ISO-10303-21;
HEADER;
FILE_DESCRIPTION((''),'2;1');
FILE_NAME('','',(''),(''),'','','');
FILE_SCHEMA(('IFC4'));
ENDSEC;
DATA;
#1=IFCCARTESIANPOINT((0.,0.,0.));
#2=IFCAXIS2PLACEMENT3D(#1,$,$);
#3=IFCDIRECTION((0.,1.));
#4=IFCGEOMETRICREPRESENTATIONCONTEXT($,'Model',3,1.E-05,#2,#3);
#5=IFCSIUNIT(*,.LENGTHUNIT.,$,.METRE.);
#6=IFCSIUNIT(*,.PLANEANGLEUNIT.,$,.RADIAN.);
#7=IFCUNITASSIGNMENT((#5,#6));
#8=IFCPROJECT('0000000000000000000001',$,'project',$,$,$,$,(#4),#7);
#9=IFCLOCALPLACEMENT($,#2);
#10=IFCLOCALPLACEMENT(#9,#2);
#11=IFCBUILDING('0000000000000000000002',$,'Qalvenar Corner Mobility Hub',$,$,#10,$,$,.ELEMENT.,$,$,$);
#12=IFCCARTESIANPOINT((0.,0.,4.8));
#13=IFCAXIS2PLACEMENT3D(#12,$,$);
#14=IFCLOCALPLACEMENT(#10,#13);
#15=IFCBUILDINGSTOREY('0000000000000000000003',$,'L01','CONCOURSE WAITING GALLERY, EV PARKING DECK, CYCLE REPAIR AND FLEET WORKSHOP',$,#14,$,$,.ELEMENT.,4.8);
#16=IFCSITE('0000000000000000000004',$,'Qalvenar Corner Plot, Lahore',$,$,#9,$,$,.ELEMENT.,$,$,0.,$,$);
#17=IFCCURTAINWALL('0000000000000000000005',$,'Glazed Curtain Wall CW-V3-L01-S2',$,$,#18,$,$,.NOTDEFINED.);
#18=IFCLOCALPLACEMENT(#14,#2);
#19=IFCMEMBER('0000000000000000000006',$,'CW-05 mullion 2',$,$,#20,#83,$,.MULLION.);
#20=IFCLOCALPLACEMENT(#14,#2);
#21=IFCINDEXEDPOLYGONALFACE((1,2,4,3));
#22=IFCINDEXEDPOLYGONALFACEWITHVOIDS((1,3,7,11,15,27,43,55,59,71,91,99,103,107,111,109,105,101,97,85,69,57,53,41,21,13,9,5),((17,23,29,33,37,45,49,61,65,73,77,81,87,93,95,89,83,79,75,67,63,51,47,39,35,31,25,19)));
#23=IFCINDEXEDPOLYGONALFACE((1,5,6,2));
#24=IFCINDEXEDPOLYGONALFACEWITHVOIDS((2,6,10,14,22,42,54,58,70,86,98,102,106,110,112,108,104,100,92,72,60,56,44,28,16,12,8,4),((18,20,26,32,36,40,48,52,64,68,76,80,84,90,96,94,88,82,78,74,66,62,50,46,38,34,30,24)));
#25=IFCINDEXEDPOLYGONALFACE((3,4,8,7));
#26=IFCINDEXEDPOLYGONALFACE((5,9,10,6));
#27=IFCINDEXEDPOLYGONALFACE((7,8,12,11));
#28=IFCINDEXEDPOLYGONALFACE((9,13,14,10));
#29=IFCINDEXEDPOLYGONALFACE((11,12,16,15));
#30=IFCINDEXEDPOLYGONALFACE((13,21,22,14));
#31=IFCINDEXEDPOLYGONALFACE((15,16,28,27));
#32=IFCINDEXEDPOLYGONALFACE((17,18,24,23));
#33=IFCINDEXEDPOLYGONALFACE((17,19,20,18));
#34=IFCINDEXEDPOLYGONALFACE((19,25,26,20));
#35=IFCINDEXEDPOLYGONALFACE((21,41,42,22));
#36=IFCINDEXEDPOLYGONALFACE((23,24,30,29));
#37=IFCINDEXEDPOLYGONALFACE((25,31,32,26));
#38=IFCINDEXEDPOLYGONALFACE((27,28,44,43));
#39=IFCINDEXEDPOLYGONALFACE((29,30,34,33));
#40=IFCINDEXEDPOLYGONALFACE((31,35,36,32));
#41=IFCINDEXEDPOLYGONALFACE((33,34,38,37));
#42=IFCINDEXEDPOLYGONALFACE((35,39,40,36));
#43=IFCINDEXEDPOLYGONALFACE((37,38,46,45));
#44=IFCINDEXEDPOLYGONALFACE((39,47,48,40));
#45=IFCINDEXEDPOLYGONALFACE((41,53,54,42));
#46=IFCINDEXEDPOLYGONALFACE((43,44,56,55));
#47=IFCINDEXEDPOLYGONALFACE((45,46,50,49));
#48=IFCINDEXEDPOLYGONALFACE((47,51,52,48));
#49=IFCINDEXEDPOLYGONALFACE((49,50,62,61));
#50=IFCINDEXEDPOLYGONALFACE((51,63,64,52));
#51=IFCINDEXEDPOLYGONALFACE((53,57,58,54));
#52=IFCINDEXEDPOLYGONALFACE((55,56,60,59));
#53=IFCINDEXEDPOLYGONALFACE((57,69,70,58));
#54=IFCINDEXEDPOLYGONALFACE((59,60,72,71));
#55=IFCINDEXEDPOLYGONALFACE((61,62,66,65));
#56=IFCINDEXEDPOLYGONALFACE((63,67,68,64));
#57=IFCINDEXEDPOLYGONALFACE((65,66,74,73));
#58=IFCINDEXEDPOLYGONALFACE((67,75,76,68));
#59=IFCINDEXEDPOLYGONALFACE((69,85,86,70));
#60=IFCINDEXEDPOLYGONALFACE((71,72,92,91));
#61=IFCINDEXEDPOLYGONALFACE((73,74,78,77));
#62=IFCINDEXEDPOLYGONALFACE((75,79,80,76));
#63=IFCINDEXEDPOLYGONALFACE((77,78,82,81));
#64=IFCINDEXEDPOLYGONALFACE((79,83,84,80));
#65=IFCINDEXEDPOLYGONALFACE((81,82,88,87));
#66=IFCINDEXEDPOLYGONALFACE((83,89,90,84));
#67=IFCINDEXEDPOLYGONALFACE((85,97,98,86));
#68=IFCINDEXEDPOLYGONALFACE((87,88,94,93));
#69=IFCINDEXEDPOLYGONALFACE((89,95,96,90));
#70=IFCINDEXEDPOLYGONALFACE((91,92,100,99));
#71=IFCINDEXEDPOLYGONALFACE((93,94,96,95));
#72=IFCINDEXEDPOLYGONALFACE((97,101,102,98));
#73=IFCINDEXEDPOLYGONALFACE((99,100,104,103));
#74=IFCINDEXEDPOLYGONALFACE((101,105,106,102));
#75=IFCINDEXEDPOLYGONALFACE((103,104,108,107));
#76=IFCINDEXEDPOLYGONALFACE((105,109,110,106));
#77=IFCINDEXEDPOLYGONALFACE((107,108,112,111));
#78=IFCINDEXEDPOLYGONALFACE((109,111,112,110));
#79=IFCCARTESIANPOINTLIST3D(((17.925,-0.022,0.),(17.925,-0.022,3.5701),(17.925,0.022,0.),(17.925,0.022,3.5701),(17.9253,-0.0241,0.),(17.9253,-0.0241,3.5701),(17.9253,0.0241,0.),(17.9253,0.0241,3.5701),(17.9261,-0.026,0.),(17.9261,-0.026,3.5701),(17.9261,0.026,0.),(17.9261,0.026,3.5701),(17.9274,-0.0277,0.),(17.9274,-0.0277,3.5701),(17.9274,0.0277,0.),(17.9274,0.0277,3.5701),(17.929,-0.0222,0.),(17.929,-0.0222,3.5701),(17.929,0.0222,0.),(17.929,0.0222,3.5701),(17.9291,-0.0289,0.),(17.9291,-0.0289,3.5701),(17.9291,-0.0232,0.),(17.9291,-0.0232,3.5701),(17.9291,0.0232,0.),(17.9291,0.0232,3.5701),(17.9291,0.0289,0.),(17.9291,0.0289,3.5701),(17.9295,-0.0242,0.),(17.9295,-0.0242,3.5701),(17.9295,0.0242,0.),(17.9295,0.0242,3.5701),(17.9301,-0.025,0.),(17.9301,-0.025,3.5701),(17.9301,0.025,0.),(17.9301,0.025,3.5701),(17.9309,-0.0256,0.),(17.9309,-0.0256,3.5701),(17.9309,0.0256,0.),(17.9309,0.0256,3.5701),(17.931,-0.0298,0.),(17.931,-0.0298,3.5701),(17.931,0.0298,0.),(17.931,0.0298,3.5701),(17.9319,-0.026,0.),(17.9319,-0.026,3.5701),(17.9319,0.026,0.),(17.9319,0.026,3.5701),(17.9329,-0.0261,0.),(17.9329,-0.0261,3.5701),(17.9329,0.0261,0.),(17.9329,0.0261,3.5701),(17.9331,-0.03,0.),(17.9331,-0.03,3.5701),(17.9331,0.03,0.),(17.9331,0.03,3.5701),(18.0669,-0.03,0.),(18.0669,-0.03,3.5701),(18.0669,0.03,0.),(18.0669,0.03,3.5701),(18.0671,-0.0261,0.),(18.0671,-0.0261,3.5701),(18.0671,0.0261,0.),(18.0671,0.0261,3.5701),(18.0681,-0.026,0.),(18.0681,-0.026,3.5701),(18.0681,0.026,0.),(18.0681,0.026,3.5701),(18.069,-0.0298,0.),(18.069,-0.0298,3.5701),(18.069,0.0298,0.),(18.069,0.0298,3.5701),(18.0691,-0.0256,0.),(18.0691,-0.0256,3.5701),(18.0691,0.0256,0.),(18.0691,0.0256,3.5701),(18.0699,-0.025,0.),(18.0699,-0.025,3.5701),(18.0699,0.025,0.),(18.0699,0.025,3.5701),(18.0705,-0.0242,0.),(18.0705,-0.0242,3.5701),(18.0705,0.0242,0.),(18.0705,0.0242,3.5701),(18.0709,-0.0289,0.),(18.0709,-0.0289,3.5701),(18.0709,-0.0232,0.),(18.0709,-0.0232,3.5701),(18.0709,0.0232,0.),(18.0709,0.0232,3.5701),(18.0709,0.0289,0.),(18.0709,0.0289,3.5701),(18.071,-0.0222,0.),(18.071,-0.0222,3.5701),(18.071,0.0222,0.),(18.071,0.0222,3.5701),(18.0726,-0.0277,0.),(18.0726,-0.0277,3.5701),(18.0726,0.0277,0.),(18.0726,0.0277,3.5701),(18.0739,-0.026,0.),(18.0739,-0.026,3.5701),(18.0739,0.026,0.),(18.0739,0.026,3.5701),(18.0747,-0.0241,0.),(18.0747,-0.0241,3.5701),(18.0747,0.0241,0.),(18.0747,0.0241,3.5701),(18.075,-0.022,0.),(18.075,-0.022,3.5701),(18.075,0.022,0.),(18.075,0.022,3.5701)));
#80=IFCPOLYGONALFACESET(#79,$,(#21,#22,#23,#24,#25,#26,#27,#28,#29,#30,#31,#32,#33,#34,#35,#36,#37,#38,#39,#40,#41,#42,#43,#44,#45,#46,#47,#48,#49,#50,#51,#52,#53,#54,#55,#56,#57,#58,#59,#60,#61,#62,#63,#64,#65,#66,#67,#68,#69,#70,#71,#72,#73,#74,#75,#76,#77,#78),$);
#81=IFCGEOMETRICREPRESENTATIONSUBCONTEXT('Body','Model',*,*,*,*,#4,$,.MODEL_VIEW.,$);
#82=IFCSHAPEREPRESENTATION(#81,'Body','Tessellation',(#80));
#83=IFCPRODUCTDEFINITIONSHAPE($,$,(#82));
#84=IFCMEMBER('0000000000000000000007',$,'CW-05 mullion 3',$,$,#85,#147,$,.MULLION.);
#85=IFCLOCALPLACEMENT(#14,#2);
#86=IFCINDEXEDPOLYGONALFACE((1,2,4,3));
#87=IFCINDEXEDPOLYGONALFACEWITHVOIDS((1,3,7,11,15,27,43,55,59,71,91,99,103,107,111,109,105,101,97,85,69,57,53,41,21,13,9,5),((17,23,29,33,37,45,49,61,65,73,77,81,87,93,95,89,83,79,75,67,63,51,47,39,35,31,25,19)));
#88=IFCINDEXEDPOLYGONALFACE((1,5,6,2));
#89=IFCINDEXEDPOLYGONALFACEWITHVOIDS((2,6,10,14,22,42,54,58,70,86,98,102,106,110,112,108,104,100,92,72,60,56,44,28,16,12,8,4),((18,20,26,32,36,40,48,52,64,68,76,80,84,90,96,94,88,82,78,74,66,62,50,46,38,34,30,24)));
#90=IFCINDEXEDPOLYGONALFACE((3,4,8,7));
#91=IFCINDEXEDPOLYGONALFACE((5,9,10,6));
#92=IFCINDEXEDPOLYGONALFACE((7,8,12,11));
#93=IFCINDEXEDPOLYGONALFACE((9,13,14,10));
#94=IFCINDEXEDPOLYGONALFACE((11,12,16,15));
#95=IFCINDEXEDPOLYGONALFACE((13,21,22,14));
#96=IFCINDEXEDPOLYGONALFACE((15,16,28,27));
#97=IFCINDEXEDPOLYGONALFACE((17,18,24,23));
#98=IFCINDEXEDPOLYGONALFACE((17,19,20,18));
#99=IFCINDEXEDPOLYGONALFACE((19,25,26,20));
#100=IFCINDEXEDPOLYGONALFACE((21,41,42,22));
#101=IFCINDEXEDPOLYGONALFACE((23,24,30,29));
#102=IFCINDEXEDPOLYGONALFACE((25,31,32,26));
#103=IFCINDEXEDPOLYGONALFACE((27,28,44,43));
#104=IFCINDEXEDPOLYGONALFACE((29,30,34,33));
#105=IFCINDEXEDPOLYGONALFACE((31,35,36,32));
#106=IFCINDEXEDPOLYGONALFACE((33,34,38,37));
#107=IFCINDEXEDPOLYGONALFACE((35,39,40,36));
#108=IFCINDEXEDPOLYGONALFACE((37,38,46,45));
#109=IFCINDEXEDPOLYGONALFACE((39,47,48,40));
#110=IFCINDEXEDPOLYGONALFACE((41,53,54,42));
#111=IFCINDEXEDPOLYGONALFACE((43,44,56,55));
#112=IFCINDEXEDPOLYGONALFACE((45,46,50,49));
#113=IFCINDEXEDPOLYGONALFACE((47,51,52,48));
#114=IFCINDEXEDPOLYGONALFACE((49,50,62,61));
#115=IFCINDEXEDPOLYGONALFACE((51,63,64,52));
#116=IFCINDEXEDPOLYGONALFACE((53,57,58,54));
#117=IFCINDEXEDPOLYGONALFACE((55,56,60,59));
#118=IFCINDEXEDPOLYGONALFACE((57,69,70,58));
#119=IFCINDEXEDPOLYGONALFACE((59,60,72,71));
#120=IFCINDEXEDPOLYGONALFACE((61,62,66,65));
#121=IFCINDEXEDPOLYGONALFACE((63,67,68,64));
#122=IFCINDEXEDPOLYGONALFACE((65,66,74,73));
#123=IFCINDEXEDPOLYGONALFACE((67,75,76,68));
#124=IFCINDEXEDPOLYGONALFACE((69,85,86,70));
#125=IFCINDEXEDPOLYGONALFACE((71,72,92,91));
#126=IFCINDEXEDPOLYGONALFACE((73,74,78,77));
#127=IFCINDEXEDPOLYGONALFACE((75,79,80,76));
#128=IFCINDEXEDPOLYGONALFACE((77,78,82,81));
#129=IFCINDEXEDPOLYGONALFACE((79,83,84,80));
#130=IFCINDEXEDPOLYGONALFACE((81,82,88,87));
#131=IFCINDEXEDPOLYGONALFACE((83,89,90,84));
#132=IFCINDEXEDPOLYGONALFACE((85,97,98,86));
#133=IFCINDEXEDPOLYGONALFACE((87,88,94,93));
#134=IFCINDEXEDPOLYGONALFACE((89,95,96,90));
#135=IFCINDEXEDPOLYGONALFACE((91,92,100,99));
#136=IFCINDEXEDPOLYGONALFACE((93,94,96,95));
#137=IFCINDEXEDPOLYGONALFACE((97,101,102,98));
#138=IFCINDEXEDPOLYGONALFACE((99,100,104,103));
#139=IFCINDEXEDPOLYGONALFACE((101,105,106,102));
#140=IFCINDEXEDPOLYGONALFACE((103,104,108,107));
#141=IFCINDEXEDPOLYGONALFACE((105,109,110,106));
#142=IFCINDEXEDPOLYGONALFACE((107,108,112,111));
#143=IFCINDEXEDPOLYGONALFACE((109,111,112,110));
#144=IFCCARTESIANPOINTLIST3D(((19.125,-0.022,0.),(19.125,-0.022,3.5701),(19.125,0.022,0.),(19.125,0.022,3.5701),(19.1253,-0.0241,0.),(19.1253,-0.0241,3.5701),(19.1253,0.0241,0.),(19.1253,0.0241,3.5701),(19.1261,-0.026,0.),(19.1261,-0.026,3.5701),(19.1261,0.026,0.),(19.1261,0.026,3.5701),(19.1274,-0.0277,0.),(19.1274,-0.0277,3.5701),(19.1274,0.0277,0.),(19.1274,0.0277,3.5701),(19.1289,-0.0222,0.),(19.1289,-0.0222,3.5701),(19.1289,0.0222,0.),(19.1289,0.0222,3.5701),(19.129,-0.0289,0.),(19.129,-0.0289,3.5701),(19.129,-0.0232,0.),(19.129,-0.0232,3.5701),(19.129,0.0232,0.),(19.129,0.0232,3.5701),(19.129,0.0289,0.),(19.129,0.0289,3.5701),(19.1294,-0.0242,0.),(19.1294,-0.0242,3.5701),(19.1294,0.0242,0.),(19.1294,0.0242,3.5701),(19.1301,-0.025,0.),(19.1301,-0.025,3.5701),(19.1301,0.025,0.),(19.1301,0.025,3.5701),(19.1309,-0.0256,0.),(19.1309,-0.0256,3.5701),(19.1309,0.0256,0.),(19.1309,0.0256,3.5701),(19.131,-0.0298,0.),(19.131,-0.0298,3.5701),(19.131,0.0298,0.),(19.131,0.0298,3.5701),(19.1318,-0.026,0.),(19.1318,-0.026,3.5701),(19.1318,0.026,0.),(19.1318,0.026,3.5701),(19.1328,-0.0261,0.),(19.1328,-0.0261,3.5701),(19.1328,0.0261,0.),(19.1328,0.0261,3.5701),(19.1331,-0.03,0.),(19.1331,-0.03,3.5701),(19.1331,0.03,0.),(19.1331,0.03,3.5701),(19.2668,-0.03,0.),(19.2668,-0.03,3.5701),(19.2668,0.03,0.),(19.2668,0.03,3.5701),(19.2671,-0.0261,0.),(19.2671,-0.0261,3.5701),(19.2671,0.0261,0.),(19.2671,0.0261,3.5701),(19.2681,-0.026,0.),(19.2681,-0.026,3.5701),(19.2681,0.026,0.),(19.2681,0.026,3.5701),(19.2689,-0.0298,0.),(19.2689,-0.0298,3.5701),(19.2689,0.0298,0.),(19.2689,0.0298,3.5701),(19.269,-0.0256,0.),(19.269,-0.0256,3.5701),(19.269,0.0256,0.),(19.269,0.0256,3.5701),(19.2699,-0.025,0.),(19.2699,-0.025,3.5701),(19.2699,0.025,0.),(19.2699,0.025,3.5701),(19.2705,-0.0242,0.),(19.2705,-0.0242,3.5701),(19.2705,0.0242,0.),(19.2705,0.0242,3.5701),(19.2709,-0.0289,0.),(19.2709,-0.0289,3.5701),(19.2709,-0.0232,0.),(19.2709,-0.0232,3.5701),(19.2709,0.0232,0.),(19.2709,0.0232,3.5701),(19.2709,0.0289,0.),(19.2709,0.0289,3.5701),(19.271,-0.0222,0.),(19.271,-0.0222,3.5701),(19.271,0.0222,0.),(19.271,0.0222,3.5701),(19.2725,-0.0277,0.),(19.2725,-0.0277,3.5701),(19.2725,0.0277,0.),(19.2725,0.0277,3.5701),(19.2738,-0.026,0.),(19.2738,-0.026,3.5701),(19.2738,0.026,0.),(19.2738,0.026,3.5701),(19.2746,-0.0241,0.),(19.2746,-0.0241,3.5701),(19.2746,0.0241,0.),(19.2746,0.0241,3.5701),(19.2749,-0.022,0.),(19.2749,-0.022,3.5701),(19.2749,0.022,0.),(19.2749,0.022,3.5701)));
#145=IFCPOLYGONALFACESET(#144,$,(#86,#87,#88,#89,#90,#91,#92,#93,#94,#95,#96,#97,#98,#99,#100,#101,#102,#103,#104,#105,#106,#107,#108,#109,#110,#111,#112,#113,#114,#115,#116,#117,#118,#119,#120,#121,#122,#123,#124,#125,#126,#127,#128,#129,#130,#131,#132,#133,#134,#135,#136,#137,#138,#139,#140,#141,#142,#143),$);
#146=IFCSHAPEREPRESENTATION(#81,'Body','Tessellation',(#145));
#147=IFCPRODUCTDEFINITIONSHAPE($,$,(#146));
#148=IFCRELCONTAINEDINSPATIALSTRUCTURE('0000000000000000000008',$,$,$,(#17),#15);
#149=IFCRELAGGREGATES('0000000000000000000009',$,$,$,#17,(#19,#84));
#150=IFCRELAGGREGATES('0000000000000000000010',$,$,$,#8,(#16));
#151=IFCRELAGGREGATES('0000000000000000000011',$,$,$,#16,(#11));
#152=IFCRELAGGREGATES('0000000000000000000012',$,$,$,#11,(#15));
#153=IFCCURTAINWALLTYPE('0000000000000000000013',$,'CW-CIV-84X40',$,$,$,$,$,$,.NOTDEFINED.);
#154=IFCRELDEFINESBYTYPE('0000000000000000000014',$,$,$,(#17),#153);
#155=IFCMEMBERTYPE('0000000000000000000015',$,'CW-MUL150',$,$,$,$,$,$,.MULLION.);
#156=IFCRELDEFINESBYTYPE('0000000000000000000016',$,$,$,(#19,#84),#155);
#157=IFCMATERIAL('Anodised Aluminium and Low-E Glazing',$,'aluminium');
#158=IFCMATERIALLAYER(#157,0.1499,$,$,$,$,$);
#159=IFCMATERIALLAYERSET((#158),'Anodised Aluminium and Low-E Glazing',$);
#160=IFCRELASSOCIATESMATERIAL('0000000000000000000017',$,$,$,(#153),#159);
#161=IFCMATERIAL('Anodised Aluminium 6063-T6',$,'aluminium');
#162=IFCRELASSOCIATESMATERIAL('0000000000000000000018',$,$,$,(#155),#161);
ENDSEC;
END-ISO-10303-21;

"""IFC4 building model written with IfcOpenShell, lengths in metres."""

from ifc_helpers import new_model, si_unit, direction, frame, origin, origin_2d, place, context, subcontext, project, spatial, hollow_rectangle, extrude, material, layer, layer_set, material_profile, profile_set, type_object, element, aggregate, save


model = new_model("IFC4")

# Units and contexts
model_context = context("Model", 3, precision=1e-05, world=origin(), true_north=direction((0.0, 1.0)))
body_context = subcontext(model_context, "Body", "Model", "MODEL_VIEW")
ifc_project = project(units=[si_unit("LENGTHUNIT", "METRE"), si_unit("PLANEANGLEUNIT", "RADIAN")], contexts=[model_context])

# Site, building, storey
site_placement = place(None, origin())
site = spatial("IfcSite", under=ifc_project, at=site_placement, Name="Qalvenar Corner Plot, Lahore", CompositionType="ELEMENT", RefElevation=0.0)
building_placement = place(site_placement, origin())
building = spatial("IfcBuilding", under=site, at=building_placement, Name="Qalvenar Corner Mobility Hub", CompositionType="ELEMENT")
storey_placement = place(building_placement, frame((0.0, 0.0, 4.8)))
storey = spatial("IfcBuildingStorey", under=building, at=storey_placement, Name="L01", Description="CONCOURSE WAITING GALLERY, EV PARKING DECK, CYCLE REPAIR AND FLEET WORKSHOP", CompositionType="ELEMENT", Elevation=4.8)

# Curtain wall, members
ifc_material_1 = material(Name="Anodised Aluminium and Low-E Glazing", Category="aluminium")
ifc_layer_1 = layer(ifc_material_1, 0.1499)
ifc_layer_set_1 = layer_set([ifc_layer_1], Name="Anodised Aluminium and Low-E Glazing")
curtain_wall_type = type_object("IfcCurtainWallType", Name="CW-CIV-84X40", PredefinedType="NOTDEFINED", material=ifc_layer_set_1)
curtain_wall_placement = place(storey_placement, origin())
curtain_wall = element("IfcCurtainWall", 1, at=curtain_wall_placement, inside=storey, type_object=curtain_wall_type, Name="Glazed Curtain Wall CW-V3-L01-S2", PredefinedType="NOTDEFINED")
ifc_material_2 = material(Name="Anodised Aluminium 6063-T6", Category="aluminium")
ifc_material_profile_1 = material_profile(ifc_material_2, hollow_rectangle(XDim=0.0601, YDim=0.1499, WallThickness=0.0039, InnerFilletRadius=0.0039, OuterFilletRadius=0.0081, at=origin_2d()), Name="RHS150x60x4")
ifc_profile_set_1 = profile_set([ifc_material_profile_1], Name="Anodised Aluminium 6063-T6")
member_type_1 = type_object("IfcMemberType", Name="CW-MUL150", PredefinedType="MULLION", material=ifc_profile_set_1)
member_1_placement = place(storey_placement, frame((18.0, 0.0, 0.0), z_axis=(0.0, 0.0, 1.0), x_axis=(0.0, 1.0, 0.0)))
member_1 = element("IfcMember", 2, at=member_1_placement, type_object=member_type_1, Name="CW-05 mullion 2", PredefinedType="MULLION", context=body_context, shape_type="SweptSolid", body=[
    extrude(hollow_rectangle(XDim=0.0601, YDim=0.1499, WallThickness=0.0039, InnerFilletRadius=0.0039, OuterFilletRadius=0.0081, at=origin_2d()), origin(), (0.0, 0.0, 1.0), 3.5701),
])
member_2_placement = place(storey_placement, frame((19.2, 0.0, 0.0), z_axis=(0.0, 0.0, 1.0), x_axis=(0.0, 1.0, 0.0)))
member_2 = element("IfcMember", 3, at=member_2_placement, type_object=member_type_1, Name="CW-05 mullion 3", PredefinedType="MULLION", context=body_context, shape_type="SweptSolid", body=[
    extrude(hollow_rectangle(XDim=0.0601, YDim=0.1499, WallThickness=0.0039, InnerFilletRadius=0.0039, OuterFilletRadius=0.0081, at=origin_2d()), origin(), (0.0, 0.0, 1.0), 3.5701),
])
aggregate(curtain_wall, [member_1, member_2])

save(model, "model.ifc")
